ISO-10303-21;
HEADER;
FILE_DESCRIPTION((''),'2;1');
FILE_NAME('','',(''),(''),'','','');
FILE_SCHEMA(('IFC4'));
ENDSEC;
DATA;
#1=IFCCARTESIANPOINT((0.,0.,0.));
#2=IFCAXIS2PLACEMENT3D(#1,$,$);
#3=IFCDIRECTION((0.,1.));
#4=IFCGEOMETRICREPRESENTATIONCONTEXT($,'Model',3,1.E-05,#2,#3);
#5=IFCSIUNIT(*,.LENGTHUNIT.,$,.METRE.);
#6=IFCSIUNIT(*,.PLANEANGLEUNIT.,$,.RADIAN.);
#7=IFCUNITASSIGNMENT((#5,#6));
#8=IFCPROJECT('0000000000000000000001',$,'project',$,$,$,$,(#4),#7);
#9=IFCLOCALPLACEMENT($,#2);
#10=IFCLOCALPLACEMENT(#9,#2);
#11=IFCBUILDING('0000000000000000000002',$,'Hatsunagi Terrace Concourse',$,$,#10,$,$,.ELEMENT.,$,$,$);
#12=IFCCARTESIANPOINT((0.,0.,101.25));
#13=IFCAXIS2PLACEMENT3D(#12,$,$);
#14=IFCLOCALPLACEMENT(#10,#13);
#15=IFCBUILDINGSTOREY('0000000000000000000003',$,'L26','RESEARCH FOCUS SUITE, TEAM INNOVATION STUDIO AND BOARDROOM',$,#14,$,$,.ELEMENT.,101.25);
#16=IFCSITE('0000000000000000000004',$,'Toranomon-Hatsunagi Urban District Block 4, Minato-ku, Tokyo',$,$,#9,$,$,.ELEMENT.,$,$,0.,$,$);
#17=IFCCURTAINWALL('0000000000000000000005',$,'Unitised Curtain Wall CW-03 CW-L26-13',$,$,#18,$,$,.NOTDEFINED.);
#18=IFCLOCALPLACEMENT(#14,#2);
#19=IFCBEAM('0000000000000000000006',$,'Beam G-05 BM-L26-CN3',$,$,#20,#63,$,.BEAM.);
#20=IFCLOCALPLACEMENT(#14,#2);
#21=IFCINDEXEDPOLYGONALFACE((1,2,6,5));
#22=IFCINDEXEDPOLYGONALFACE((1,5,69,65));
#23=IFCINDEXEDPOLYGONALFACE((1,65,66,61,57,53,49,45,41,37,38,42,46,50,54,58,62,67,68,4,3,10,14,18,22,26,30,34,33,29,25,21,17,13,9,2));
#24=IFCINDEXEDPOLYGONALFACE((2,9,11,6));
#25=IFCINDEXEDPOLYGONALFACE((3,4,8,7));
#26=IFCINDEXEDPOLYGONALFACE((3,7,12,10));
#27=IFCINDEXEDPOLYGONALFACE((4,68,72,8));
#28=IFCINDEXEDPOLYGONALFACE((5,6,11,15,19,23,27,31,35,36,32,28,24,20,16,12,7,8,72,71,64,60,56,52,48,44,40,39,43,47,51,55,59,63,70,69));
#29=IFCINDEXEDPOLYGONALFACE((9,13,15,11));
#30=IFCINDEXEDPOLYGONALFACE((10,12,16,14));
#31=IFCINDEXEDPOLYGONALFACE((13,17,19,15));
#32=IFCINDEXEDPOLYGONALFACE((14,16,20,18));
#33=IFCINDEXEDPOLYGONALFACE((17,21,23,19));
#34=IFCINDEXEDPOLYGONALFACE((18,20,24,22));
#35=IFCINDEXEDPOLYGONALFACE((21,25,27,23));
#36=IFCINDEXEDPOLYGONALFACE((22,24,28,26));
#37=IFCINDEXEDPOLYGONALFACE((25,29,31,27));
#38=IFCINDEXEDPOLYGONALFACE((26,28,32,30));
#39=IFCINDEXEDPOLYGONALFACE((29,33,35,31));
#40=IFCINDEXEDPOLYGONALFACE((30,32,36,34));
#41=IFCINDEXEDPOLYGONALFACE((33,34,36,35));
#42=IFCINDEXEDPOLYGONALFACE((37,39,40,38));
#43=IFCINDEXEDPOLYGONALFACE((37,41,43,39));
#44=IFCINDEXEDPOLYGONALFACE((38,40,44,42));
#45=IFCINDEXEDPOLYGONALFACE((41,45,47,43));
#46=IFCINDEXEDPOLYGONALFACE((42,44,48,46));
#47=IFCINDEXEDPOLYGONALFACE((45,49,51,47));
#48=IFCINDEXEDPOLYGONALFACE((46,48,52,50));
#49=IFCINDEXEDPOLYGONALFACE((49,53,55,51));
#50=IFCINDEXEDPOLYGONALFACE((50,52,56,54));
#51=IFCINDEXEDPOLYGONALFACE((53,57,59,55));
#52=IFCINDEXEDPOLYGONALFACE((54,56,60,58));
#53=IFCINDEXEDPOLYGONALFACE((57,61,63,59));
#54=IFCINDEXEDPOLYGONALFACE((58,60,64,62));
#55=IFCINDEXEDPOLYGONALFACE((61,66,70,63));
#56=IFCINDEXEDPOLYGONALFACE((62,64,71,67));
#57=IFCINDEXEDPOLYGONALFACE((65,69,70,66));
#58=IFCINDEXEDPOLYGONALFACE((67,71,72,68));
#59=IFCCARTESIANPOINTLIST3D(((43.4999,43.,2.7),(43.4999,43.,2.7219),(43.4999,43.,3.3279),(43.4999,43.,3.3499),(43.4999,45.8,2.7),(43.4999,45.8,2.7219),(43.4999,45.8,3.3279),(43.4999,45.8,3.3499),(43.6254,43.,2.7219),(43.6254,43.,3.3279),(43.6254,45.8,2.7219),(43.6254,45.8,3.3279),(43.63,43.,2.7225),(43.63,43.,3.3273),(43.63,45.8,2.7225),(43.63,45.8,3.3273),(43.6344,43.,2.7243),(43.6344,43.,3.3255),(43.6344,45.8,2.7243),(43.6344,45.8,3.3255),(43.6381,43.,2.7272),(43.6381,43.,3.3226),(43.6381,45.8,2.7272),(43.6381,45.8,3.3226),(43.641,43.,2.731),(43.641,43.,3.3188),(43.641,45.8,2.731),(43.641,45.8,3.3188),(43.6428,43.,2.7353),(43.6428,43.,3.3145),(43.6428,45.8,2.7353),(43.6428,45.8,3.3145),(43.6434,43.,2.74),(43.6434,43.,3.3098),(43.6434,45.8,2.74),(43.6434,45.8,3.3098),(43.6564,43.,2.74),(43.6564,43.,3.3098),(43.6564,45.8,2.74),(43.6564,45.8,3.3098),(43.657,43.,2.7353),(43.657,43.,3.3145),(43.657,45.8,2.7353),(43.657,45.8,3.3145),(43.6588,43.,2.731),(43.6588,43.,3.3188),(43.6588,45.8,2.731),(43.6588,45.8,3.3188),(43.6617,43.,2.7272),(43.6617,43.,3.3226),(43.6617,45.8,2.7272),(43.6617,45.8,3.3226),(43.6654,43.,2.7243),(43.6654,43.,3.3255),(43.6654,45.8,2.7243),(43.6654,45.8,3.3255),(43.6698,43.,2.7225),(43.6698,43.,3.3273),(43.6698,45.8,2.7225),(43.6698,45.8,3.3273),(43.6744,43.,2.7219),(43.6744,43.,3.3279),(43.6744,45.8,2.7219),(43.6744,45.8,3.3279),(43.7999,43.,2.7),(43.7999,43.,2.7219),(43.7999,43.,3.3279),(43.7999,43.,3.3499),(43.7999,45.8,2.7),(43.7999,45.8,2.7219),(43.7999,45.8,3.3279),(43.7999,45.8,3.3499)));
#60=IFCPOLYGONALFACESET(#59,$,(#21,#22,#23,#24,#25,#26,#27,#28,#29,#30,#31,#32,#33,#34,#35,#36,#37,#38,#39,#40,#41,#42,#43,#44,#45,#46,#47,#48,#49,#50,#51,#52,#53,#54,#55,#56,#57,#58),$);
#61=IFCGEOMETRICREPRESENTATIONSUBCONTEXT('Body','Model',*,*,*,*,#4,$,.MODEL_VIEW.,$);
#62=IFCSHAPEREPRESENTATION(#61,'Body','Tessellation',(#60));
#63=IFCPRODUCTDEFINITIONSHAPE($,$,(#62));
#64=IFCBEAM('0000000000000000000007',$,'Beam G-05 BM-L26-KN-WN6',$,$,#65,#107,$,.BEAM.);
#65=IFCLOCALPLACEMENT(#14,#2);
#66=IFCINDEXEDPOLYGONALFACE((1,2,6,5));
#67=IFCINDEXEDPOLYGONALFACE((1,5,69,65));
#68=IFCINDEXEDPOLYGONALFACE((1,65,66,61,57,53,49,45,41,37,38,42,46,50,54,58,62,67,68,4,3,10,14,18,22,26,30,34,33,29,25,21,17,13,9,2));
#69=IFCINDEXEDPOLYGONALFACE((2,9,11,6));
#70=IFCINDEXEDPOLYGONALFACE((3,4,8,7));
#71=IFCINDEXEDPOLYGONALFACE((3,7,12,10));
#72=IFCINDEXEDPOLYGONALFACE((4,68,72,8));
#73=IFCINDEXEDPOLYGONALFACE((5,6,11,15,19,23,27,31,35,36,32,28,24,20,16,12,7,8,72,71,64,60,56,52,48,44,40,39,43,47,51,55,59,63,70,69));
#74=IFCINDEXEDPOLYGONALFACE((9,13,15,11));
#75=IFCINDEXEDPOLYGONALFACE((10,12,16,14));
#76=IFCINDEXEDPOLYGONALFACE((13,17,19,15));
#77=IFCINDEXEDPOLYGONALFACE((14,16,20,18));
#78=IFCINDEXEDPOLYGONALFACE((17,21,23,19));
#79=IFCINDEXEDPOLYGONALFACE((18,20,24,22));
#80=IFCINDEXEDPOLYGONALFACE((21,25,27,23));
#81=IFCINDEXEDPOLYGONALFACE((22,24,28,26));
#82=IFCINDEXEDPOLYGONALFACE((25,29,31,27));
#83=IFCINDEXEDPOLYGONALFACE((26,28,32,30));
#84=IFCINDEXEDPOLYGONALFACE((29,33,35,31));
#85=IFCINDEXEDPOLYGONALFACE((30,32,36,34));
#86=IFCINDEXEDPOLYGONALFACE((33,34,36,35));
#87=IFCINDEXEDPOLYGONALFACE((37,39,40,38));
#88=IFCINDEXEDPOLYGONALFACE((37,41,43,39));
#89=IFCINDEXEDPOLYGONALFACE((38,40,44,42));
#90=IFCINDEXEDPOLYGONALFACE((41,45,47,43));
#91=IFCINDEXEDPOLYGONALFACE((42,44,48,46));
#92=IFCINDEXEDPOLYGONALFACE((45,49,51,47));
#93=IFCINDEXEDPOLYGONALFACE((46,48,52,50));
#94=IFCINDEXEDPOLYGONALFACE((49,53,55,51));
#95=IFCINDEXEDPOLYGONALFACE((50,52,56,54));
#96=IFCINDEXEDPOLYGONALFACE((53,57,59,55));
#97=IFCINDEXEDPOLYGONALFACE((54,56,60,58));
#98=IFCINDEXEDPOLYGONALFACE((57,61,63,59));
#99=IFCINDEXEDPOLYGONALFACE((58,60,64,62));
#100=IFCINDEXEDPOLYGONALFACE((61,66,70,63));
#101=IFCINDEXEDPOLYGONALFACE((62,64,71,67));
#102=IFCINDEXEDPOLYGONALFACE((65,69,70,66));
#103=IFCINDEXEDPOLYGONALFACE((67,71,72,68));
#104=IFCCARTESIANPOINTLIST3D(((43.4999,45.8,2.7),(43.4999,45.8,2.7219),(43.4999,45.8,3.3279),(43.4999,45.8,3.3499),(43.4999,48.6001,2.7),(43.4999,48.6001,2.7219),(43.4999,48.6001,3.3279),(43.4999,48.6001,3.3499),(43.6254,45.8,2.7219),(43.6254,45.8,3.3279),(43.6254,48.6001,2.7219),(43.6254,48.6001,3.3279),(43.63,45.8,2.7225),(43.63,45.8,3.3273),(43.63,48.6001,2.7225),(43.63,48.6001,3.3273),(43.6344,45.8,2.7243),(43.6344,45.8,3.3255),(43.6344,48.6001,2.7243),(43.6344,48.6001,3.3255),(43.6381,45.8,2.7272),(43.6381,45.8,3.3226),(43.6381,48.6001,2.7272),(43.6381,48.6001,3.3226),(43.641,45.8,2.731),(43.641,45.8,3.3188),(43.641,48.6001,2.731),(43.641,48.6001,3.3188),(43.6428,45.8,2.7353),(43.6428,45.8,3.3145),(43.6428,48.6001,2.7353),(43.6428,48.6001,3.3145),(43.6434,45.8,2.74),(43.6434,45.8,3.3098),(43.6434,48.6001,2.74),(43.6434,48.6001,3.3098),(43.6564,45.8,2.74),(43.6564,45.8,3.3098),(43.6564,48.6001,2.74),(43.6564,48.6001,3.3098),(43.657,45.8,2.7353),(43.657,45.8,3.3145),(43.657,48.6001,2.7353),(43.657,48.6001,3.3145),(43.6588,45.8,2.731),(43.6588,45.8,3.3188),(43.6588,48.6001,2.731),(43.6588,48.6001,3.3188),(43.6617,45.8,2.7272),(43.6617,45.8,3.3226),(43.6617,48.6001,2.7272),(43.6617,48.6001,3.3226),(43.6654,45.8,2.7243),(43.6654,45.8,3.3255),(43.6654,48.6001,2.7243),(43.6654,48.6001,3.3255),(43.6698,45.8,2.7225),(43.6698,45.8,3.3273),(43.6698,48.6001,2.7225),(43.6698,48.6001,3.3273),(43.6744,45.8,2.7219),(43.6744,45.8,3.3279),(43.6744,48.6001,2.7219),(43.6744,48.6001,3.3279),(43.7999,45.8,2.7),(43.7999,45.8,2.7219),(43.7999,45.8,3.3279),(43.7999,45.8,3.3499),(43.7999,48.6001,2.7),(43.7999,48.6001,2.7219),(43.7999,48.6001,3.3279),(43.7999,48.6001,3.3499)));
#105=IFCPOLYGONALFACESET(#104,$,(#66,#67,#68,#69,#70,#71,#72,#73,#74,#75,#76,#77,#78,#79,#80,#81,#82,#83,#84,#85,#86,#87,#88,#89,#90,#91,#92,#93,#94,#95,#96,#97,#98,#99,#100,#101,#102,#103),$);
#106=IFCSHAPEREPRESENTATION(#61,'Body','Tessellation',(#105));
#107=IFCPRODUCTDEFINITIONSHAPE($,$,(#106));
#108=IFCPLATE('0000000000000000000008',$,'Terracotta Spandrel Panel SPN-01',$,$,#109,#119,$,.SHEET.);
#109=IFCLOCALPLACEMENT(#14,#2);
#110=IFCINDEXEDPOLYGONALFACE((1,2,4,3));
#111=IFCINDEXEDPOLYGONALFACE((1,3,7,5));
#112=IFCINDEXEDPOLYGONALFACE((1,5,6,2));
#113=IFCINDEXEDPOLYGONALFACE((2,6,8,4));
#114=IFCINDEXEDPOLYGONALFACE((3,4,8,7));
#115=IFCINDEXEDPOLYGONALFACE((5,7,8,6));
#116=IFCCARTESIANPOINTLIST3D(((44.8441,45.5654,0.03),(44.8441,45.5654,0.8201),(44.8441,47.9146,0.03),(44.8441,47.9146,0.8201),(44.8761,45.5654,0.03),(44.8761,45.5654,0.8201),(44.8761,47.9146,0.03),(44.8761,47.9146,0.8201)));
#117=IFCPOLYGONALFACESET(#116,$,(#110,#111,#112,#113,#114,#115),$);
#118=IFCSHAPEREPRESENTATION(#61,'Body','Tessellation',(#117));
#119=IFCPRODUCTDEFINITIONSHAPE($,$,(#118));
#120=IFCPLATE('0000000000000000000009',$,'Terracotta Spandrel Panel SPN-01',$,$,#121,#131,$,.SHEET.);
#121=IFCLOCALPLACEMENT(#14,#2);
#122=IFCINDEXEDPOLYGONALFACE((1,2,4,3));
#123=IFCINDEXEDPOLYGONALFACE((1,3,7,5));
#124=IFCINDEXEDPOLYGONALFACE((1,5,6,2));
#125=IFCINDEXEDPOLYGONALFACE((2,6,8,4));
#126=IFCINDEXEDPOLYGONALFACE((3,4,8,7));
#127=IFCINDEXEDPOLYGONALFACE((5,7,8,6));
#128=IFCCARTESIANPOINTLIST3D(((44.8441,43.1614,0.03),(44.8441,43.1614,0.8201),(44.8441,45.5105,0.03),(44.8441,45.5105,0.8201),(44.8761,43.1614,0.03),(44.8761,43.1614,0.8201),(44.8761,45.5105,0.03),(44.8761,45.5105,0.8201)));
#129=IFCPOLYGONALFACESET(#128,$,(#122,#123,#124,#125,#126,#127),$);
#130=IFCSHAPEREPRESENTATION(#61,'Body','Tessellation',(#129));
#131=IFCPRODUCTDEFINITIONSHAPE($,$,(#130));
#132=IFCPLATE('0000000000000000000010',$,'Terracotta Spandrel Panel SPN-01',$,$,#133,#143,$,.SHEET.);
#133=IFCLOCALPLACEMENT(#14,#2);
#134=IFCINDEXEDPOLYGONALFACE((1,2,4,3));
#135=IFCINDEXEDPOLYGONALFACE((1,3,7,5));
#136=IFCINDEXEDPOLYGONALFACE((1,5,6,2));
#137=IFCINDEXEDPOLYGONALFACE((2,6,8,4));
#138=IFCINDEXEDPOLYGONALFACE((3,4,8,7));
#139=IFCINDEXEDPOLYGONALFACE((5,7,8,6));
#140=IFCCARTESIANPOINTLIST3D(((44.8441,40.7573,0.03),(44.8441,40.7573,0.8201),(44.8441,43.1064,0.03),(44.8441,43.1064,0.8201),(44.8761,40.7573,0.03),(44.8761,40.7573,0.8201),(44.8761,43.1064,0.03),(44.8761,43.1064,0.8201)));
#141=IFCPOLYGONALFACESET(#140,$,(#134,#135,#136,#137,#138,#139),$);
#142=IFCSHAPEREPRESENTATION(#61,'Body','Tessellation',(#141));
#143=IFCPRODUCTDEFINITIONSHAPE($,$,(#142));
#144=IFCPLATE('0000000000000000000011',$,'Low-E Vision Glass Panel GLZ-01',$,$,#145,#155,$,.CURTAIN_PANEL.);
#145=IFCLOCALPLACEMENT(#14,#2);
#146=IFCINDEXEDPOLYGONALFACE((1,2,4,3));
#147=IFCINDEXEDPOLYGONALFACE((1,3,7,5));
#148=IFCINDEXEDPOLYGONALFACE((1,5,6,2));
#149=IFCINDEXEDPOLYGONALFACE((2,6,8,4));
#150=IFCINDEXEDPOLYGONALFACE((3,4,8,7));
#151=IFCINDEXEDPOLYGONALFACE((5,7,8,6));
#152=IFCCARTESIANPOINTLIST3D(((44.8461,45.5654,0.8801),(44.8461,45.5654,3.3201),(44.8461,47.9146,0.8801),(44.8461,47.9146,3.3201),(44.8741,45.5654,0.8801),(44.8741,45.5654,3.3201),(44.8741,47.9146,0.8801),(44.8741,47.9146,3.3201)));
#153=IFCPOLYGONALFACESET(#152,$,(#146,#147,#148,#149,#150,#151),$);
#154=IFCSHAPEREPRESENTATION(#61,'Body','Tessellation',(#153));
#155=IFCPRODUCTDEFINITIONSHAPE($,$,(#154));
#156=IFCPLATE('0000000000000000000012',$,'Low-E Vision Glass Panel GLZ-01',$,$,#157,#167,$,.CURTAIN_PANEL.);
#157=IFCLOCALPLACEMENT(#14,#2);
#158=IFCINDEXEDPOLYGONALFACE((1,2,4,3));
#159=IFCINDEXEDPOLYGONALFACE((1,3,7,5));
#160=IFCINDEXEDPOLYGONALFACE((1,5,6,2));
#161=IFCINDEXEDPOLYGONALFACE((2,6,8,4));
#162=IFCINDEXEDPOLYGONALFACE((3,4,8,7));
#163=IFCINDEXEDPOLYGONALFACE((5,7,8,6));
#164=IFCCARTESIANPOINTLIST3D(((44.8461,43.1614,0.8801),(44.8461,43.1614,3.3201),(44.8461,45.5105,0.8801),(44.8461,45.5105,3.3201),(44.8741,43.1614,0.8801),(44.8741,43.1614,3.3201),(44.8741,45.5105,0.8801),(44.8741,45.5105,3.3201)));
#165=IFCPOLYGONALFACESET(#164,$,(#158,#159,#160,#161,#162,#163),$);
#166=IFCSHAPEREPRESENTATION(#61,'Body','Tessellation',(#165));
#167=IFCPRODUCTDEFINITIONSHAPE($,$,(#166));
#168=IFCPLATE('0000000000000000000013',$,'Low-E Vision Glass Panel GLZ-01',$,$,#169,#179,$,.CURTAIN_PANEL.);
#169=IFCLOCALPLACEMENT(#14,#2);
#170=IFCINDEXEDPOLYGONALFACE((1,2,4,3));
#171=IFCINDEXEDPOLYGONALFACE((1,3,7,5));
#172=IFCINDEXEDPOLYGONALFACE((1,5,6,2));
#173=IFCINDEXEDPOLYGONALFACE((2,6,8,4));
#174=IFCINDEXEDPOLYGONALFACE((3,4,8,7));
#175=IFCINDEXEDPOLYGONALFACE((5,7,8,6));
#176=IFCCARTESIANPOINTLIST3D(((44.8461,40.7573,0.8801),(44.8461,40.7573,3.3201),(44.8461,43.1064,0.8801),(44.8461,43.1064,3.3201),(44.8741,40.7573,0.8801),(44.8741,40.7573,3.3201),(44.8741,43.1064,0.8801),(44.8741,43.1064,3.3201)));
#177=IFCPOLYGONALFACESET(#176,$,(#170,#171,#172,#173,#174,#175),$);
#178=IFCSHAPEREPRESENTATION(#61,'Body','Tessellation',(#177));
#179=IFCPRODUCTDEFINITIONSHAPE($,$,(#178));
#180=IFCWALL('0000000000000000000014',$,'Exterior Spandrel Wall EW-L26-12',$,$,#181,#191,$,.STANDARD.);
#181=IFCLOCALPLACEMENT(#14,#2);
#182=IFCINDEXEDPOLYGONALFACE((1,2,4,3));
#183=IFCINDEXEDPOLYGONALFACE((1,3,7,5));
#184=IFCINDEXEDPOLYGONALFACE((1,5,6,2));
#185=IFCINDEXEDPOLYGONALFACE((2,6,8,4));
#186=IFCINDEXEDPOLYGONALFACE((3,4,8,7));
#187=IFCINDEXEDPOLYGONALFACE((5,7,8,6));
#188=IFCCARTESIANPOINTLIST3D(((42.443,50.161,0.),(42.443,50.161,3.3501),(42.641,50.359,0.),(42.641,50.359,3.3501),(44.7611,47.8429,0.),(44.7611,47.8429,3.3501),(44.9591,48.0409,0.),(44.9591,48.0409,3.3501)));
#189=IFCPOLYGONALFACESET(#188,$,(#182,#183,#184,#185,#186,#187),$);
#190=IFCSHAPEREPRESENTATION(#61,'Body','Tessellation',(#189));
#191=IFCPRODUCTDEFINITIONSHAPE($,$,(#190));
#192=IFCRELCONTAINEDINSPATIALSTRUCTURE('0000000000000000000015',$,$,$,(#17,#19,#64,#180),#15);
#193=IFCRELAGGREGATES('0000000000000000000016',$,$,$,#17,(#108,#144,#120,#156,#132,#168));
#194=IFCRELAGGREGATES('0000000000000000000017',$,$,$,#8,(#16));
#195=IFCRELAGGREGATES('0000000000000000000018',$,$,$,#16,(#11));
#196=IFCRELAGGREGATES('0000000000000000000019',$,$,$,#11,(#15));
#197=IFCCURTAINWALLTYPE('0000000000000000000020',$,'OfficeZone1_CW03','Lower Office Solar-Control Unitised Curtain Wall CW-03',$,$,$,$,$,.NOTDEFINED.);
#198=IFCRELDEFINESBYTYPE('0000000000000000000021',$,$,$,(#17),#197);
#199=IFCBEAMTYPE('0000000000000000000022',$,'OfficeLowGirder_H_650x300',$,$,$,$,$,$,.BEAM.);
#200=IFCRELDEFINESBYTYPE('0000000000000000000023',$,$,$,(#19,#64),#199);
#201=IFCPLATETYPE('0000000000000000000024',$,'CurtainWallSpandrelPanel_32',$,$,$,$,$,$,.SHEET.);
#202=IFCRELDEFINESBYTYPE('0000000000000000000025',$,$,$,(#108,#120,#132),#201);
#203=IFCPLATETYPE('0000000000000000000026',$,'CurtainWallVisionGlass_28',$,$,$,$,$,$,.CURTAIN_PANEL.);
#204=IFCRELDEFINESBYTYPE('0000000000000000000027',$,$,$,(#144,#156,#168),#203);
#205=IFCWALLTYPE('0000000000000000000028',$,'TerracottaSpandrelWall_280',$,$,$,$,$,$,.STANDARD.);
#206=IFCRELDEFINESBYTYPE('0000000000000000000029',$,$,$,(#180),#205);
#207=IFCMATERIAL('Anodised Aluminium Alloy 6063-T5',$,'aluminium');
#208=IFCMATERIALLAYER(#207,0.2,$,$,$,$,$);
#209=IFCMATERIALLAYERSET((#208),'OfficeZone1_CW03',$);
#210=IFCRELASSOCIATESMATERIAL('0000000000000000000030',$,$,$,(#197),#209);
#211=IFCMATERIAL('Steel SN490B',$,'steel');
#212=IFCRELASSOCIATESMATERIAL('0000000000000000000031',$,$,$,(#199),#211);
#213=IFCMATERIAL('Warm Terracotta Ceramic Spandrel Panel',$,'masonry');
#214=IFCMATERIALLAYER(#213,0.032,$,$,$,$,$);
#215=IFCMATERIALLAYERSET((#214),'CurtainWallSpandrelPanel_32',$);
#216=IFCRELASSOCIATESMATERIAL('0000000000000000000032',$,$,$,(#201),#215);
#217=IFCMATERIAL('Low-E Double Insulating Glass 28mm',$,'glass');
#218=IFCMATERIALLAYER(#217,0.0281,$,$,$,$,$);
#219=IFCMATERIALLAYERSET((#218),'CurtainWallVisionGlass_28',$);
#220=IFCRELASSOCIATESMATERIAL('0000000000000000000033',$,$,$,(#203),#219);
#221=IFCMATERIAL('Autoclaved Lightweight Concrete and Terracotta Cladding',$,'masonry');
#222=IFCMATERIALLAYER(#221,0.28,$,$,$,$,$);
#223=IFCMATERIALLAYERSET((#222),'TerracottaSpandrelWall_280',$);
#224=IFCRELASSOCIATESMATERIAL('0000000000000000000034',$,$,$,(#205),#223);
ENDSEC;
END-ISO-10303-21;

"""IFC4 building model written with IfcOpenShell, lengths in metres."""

from ifc_helpers import new_model, si_unit, direction, frame, frame_2d, origin, origin_2d, place, context, subcontext, project, spatial, rectangle, i_section, extrude, material, layer, layer_set, material_profile, profile_set, type_object, element, aggregate, save


model = new_model("IFC4")

# Units and contexts
model_context = context("Model", 3, precision=1e-05, world=origin(), true_north=direction((0.0, 1.0)))
body_context = subcontext(model_context, "Body", "Model", "MODEL_VIEW")
ifc_project = project(units=[si_unit("LENGTHUNIT", "METRE"), si_unit("PLANEANGLEUNIT", "RADIAN")], contexts=[model_context])

# Site, building, storey
site_placement = place(None, origin())
site = spatial("IfcSite", under=ifc_project, at=site_placement, Name="Toranomon-Hatsunagi Urban District Block 4, Minato-ku, Tokyo", CompositionType="ELEMENT", RefElevation=0.0)
building_placement = place(site_placement, origin())
building = spatial("IfcBuilding", under=site, at=building_placement, Name="Hatsunagi Terrace Concourse", CompositionType="ELEMENT")
storey_placement = place(building_placement, frame((0.0, 0.0, 101.25)))
storey = spatial("IfcBuildingStorey", under=building, at=storey_placement, Name="L26", Description="RESEARCH FOCUS SUITE, TEAM INNOVATION STUDIO AND BOARDROOM", CompositionType="ELEMENT", Elevation=101.25)

# Curtain wall
ifc_material_1 = material(Name="Anodised Aluminium Alloy 6063-T5", Category="aluminium")
ifc_layer_1 = layer(ifc_material_1, 0.2)
ifc_layer_set_1 = layer_set([ifc_layer_1], Name="OfficeZone1_CW03")
curtain_wall_type = type_object("IfcCurtainWallType", Name="OfficeZone1_CW03", Description="Lower Office Solar-Control Unitised Curtain Wall CW-03", PredefinedType="NOTDEFINED", material=ifc_layer_set_1)
curtain_wall_placement = place(storey_placement, origin())
curtain_wall = element("IfcCurtainWall", 1, at=curtain_wall_placement, inside=storey, type_object=curtain_wall_type, Name="Unitised Curtain Wall CW-03 CW-L26-13", PredefinedType="NOTDEFINED")

# Beams
ifc_material_2 = material(Name="Steel SN490B", Category="steel")
ifc_material_profile_1 = material_profile(ifc_material_2, i_section(OverallWidth=0.3, OverallDepth=0.6499, WebThickness=0.0129, FlangeThickness=0.022, FilletRadius=0.0181, at=origin_2d()), Name="H-650x300x13x22")
ifc_profile_set_1 = profile_set([ifc_material_profile_1], Name="Steel SN490B")
beam_type = type_object("IfcBeamType", Name="OfficeLowGirder_H_650x300", PredefinedType="BEAM", material=ifc_profile_set_1)
for number, where, z_axis, x_axis, name in (
    (2, (43.6499, 43.0, 3.0249), (0.0, 1.0, 0.0), (-1.0, 0.0, 0.0), "Beam G-05 BM-L26-CN3"),
    (3, (43.6499, 45.8, 3.0249), (0.0, 1.0, 0.0), (-1.0, 0.0, 0.0), "Beam G-05 BM-L26-KN-WN6"),
):
    element("IfcBeam", number, at=place(storey_placement, frame(where, z_axis=z_axis, x_axis=x_axis)), inside=storey, type_object=beam_type, Name=name, PredefinedType="BEAM", context=body_context, shape_type="SweptSolid", body=[
        extrude(i_section(OverallWidth=0.3, OverallDepth=0.6499, WebThickness=0.0129, FlangeThickness=0.022, FilletRadius=0.0181, at=origin_2d()), origin(), (0.0, 0.0, 1.0), 2.8),
    ])

# Plates
ifc_material_3 = material(Name="Warm Terracotta Ceramic Spandrel Panel", Category="masonry")
ifc_layer_2 = layer(ifc_material_3, 0.032)
ifc_layer_set_2 = layer_set([ifc_layer_2], Name="CurtainWallSpandrelPanel_32")
plate_type_1 = type_object("IfcPlateType", Name="CurtainWallSpandrelPanel_32", PredefinedType="SHEET", material=ifc_layer_set_2)
plate_1_placement = place(storey_placement, frame((44.8601, 46.74, 0.03), z_axis=(0.0, 0.0, 1.0), x_axis=(0.0, -1.0, 0.0)))
plate_1 = element("IfcPlate", 4, at=plate_1_placement, type_object=plate_type_1, Name="Terracotta Spandrel Panel SPN-01", PredefinedType="SHEET", context=body_context, shape_type="SweptSolid", body=[
    extrude(rectangle(XDim=2.3491, YDim=0.032, at=origin_2d()), origin(), (0.0, 0.0, 1.0), 0.79),
])
plate_2_placement = place(storey_placement, frame((44.8601, 44.3359, 0.03), z_axis=(0.0, 0.0, 1.0), x_axis=(0.0, -1.0, 0.0)))
plate_2 = element("IfcPlate", 5, at=plate_2_placement, type_object=plate_type_1, Name="Terracotta Spandrel Panel SPN-01", PredefinedType="SHEET", context=body_context, shape_type="SweptSolid", body=[
    extrude(rectangle(XDim=2.3491, YDim=0.032, at=origin_2d()), origin(), (0.0, 0.0, 1.0), 0.79),
])
plate_3_placement = place(storey_placement, frame((44.8601, 41.9319, 0.03), z_axis=(0.0, 0.0, 1.0), x_axis=(0.0, -1.0, 0.0)))
plate_3 = element("IfcPlate", 6, at=plate_3_placement, type_object=plate_type_1, Name="Terracotta Spandrel Panel SPN-01", PredefinedType="SHEET", context=body_context, shape_type="SweptSolid", body=[
    extrude(rectangle(XDim=2.3491, YDim=0.032, at=origin_2d()), origin(), (0.0, 0.0, 1.0), 0.79),
])
ifc_material_4 = material(Name="Low-E Double Insulating Glass 28mm", Category="glass")
ifc_layer_3 = layer(ifc_material_4, 0.0281)
ifc_layer_set_3 = layer_set([ifc_layer_3], Name="CurtainWallVisionGlass_28")
plate_type_2 = type_object("IfcPlateType", Name="CurtainWallVisionGlass_28", PredefinedType="CURTAIN_PANEL", material=ifc_layer_set_3)
plate_4_placement = place(storey_placement, frame((44.8601, 46.74, 0.8801), z_axis=(0.0, 0.0, 1.0), x_axis=(0.0, -1.0, 0.0)))
plate_4 = element("IfcPlate", 7, at=plate_4_placement, type_object=plate_type_2, Name="Low-E Vision Glass Panel GLZ-01", PredefinedType="CURTAIN_PANEL", context=body_context, shape_type="SweptSolid", body=[
    extrude(rectangle(XDim=2.3491, YDim=0.0281, at=origin_2d()), origin(), (0.0, 0.0, 1.0), 2.4399),
])
plate_5_placement = place(storey_placement, frame((44.8601, 44.3359, 0.8801), z_axis=(0.0, 0.0, 1.0), x_axis=(0.0, -1.0, 0.0)))
plate_5 = element("IfcPlate", 8, at=plate_5_placement, type_object=plate_type_2, Name="Low-E Vision Glass Panel GLZ-01", PredefinedType="CURTAIN_PANEL", context=body_context, shape_type="SweptSolid", body=[
    extrude(rectangle(XDim=2.3491, YDim=0.0281, at=origin_2d()), origin(), (0.0, 0.0, 1.0), 2.4399),
])
plate_6_placement = place(storey_placement, frame((44.8601, 41.9319, 0.8801), z_axis=(0.0, 0.0, 1.0), x_axis=(0.0, -1.0, 0.0)))
plate_6 = element("IfcPlate", 9, at=plate_6_placement, type_object=plate_type_2, Name="Low-E Vision Glass Panel GLZ-01", PredefinedType="CURTAIN_PANEL", context=body_context, shape_type="SweptSolid", body=[
    extrude(rectangle(XDim=2.3491, YDim=0.0281, at=origin_2d()), origin(), (0.0, 0.0, 1.0), 2.4399),
])
aggregate(curtain_wall, [plate_1, plate_4, plate_2, plate_5, plate_3, plate_6])

# Wall
ifc_material_5 = material(Name="Autoclaved Lightweight Concrete and Terracotta Cladding", Category="masonry")
ifc_layer_4 = layer(ifc_material_5, 0.28)
ifc_layer_set_4 = layer_set([ifc_layer_4], Name="TerracottaSpandrelWall_280")
wall_type = type_object("IfcWallType", Name="TerracottaSpandrelWall_280", PredefinedType="STANDARD", material=ifc_layer_set_4)
wall_placement = place(storey_placement, frame((42.542, 50.26, 0.0), z_axis=(0.0, 0.0, 1.0), x_axis=(0.707107, -0.707107, 0.0)))
element("IfcWall", 10, at=wall_placement, inside=storey, type_object=wall_type, Name="Exterior Spandrel Wall EW-L26-12", PredefinedType="STANDARD", context=body_context, shape_type="SweptSolid", body=[
    extrude(rectangle(XDim=3.2783, YDim=0.28, at=frame_2d((1.6392, 0.0))), origin(), (0.0, 0.0, 1.0), 3.3501),
])

save(model, "model.ifc")
